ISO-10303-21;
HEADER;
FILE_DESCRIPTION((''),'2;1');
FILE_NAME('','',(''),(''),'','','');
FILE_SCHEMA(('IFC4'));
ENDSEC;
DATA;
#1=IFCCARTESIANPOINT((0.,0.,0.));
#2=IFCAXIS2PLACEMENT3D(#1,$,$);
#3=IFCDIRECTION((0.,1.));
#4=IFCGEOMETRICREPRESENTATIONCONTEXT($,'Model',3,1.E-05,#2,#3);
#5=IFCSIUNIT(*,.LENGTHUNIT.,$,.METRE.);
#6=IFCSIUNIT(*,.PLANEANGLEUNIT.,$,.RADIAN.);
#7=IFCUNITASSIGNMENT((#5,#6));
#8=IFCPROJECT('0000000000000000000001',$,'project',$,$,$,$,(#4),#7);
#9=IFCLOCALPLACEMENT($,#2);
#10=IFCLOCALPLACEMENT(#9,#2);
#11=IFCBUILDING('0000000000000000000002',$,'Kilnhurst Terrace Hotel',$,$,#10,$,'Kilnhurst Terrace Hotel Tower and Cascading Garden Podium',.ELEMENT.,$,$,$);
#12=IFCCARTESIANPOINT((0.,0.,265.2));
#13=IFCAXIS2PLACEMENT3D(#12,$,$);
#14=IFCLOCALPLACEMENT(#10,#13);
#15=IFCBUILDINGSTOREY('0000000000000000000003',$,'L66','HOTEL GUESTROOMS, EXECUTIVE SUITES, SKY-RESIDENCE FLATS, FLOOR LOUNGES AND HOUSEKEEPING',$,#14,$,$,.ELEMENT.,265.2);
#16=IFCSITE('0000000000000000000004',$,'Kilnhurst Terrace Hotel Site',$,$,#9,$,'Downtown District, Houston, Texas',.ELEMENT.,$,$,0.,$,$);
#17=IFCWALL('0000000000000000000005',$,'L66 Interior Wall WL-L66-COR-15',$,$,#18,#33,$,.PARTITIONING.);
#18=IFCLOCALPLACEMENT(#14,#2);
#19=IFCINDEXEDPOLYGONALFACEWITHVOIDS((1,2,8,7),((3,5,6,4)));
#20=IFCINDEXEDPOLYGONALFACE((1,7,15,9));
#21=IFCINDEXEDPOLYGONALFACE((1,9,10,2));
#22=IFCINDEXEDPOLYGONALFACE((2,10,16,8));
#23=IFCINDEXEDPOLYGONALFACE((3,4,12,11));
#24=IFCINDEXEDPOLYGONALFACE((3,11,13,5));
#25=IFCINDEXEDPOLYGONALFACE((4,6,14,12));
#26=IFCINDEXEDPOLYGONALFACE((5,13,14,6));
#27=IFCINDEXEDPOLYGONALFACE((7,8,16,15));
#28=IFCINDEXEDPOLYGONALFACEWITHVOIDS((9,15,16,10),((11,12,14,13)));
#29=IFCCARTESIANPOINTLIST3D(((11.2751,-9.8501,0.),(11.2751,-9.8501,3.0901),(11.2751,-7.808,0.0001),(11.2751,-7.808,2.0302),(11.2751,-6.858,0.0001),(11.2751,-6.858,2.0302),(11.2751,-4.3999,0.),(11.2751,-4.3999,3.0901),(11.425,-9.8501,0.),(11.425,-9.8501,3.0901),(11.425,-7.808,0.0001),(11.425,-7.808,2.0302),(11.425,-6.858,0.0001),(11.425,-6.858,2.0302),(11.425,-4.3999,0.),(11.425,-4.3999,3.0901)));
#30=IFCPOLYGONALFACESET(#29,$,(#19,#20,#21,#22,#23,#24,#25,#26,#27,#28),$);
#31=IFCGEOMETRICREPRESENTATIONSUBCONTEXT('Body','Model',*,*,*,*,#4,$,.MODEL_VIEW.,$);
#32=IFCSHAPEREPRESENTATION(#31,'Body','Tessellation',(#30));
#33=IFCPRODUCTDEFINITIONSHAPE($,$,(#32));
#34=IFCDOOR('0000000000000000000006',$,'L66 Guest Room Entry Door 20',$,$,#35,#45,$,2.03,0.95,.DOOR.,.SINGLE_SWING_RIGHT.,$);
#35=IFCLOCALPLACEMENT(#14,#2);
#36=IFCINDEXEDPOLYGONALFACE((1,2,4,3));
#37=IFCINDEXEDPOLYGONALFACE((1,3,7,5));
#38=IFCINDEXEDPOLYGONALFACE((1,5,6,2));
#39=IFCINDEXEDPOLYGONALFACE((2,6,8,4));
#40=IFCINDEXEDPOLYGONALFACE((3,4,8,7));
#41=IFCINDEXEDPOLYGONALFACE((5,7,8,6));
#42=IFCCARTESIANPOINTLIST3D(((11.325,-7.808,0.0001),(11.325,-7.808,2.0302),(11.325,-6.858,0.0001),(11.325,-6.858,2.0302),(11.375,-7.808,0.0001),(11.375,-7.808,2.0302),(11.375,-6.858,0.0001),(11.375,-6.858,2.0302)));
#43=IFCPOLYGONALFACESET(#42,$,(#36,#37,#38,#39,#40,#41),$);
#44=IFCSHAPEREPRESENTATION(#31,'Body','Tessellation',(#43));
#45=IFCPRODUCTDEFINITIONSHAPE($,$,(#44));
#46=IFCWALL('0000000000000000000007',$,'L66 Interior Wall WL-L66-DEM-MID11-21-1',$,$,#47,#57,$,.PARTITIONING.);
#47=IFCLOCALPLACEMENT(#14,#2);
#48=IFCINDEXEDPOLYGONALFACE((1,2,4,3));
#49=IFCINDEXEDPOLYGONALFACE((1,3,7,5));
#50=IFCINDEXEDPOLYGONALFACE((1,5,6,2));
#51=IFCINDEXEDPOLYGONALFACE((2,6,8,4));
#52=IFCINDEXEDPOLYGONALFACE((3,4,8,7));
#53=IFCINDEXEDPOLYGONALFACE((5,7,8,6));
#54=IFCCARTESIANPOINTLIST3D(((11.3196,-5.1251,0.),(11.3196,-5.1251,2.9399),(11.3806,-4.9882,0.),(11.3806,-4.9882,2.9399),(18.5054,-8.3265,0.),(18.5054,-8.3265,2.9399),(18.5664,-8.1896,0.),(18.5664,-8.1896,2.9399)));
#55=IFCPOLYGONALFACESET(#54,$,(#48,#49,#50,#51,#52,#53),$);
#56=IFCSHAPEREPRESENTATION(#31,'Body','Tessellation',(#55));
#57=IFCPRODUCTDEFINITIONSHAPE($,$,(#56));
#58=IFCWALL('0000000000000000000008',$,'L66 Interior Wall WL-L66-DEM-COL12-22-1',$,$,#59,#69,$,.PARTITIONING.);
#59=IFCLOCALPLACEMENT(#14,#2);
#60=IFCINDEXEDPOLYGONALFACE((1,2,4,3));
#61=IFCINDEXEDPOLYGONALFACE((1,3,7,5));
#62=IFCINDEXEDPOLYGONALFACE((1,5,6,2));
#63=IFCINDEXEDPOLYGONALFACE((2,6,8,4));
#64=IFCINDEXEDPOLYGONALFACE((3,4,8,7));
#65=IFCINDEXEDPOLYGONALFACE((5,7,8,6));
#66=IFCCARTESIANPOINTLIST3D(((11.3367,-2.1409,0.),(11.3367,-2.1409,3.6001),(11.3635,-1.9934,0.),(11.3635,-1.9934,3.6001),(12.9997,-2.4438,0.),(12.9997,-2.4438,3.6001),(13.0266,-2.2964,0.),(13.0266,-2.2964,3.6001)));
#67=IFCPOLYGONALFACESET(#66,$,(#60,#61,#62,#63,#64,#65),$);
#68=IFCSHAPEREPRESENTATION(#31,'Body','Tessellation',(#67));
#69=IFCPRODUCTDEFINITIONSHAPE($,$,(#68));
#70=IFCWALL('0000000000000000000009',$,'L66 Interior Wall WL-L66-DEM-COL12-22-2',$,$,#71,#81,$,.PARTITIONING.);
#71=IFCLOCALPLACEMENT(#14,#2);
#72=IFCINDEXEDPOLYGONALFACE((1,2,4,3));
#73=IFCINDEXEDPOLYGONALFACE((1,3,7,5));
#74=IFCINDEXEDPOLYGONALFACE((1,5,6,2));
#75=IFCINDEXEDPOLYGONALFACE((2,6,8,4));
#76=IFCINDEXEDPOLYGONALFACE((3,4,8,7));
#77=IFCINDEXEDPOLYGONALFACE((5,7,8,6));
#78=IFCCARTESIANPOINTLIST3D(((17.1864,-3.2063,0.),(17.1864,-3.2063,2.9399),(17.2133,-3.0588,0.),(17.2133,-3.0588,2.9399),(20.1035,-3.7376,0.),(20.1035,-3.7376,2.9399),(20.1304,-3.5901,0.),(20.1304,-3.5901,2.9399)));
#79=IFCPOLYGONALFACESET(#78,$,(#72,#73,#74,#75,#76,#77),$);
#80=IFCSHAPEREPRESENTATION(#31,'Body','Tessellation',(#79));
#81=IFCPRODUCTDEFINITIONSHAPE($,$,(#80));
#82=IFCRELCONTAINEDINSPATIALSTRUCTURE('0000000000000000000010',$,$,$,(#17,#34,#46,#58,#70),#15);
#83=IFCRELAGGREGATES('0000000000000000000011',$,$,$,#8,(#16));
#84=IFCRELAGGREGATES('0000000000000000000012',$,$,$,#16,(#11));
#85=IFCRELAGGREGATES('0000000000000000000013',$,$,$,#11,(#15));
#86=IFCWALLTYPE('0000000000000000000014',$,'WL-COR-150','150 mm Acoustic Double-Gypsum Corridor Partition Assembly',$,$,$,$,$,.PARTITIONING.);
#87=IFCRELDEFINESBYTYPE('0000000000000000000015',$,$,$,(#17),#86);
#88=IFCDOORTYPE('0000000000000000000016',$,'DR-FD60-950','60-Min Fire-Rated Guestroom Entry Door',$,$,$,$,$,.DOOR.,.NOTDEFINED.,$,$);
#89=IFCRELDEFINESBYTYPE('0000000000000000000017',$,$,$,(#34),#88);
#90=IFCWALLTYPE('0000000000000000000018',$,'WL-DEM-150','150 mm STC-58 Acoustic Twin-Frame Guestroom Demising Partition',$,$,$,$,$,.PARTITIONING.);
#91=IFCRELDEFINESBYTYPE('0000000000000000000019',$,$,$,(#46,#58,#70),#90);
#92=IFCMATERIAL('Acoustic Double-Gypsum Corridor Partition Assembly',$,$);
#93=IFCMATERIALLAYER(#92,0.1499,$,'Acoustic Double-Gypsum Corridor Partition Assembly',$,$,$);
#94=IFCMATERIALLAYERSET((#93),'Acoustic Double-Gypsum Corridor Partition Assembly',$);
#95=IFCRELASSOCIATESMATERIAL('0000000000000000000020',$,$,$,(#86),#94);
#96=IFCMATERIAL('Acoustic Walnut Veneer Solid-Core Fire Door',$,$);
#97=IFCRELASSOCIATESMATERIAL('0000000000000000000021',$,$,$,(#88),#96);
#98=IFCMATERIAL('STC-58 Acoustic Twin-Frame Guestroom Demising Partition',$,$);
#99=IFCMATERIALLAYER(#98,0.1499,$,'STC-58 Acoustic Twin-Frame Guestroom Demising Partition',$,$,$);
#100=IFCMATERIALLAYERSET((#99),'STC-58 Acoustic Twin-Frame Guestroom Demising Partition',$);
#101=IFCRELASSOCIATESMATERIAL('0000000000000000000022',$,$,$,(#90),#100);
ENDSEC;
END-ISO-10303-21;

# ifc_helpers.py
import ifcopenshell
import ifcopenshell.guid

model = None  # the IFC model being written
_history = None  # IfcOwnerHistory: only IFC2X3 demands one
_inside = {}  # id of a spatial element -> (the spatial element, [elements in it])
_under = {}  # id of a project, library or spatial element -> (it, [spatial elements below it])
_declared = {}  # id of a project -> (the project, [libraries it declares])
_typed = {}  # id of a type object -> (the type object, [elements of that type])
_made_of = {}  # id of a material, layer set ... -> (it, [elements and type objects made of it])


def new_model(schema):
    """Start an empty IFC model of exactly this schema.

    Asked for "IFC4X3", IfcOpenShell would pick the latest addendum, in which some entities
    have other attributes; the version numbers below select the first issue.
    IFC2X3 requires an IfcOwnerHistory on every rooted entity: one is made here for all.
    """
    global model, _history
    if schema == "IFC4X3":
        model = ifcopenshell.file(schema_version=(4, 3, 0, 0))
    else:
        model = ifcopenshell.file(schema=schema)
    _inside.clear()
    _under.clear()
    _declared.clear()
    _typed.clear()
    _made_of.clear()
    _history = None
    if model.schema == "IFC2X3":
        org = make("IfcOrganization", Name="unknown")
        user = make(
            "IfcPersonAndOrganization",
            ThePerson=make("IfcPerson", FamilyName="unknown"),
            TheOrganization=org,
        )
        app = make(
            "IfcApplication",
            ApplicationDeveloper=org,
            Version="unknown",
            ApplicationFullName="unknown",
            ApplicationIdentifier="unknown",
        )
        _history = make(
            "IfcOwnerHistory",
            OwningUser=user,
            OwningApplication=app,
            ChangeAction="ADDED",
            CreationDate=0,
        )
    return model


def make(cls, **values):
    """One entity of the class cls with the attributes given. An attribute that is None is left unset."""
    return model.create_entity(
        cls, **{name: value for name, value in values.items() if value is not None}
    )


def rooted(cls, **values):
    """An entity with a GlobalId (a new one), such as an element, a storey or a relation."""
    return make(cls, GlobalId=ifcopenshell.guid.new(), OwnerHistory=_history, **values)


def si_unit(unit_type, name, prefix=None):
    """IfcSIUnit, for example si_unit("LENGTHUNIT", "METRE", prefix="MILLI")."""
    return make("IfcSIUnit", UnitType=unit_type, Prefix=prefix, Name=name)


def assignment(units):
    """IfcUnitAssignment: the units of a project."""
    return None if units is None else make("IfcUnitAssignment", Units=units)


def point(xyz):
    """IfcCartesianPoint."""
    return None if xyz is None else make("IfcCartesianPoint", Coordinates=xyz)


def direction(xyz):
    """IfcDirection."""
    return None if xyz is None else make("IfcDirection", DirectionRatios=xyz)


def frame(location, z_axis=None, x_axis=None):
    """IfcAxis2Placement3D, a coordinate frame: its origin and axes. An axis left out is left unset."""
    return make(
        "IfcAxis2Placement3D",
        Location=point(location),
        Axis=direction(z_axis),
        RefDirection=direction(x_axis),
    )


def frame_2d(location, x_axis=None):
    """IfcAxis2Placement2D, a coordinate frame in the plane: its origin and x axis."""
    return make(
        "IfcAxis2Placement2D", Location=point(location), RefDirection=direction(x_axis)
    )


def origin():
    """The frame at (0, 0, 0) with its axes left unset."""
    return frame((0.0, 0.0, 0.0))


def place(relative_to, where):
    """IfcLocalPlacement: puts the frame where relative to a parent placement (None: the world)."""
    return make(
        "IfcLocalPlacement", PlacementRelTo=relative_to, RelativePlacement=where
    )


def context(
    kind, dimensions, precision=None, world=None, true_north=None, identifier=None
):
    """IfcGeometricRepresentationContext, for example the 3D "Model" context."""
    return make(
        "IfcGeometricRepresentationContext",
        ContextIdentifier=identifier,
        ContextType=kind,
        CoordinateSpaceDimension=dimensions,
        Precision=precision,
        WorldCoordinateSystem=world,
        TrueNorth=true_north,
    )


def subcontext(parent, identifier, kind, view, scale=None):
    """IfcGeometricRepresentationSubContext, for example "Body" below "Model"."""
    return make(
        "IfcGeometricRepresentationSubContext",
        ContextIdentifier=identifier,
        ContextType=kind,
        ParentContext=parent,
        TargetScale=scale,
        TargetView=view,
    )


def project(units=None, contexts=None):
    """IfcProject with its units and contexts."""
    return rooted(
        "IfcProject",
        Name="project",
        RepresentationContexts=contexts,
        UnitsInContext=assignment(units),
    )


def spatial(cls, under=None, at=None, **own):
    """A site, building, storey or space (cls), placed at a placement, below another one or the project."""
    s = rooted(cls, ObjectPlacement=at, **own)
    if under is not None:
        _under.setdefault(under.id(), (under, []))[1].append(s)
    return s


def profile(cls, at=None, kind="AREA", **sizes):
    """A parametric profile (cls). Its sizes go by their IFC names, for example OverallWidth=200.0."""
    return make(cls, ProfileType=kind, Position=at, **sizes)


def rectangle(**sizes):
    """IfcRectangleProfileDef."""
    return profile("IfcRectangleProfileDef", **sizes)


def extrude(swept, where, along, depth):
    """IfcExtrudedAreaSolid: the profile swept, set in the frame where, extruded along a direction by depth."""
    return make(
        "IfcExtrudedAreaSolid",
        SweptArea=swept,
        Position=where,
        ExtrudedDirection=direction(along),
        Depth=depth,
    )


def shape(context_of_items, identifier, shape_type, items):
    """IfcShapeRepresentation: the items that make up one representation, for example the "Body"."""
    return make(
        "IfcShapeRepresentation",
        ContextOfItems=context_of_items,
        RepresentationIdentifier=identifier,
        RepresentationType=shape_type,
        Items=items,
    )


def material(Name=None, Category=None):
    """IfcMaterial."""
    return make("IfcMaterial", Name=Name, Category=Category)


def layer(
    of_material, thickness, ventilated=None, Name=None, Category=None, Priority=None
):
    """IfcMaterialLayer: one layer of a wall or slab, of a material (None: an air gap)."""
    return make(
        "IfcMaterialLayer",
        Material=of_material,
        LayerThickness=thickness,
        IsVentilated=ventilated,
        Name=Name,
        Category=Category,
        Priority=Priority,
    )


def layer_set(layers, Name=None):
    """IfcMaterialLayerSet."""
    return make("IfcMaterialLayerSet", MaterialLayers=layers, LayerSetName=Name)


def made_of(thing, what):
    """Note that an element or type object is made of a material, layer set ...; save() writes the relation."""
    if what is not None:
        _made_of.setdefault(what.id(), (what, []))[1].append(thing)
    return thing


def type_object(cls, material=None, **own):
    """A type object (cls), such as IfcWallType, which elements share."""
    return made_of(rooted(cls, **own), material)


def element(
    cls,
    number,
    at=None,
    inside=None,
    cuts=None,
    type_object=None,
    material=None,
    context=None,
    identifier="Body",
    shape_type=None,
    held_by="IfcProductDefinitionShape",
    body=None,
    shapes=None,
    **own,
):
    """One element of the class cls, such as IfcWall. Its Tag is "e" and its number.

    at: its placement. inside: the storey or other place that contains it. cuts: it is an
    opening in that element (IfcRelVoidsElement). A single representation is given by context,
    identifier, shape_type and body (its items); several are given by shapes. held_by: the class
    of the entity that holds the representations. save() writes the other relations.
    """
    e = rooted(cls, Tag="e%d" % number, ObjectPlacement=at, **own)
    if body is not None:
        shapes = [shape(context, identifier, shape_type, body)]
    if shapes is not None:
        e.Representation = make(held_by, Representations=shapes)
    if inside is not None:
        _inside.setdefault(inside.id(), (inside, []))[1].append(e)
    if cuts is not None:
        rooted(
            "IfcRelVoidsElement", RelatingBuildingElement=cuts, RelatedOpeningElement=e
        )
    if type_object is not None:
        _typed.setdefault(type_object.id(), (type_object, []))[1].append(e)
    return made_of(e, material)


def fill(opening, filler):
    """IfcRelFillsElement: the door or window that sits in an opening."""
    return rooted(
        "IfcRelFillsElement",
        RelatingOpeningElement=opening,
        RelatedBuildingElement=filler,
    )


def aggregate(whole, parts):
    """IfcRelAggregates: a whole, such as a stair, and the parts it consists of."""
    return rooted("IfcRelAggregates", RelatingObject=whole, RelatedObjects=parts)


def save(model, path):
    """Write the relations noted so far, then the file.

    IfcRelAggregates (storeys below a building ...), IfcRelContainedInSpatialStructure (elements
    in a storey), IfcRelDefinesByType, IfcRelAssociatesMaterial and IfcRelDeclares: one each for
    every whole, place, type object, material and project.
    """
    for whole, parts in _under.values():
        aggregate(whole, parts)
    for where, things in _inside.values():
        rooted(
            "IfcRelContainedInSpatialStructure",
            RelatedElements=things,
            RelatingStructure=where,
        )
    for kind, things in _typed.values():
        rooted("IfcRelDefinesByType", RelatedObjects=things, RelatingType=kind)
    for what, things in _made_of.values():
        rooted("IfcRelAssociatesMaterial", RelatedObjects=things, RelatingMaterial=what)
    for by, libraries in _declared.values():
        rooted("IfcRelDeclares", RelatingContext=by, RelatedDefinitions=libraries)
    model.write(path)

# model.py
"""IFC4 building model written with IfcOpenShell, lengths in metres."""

from ifc_helpers import new_model, si_unit, direction, frame, frame_2d, origin, place, context, subcontext, project, spatial, rectangle, extrude, material, layer, layer_set, type_object, element, fill, save


model = new_model("IFC4")

# Units and contexts
model_context = context("Model", 3, precision=1e-05, world=origin(), true_north=direction((0.0, 1.0)))
body_context = subcontext(model_context, "Body", "Model", "MODEL_VIEW")
ifc_project = project(units=[si_unit("LENGTHUNIT", "METRE"), si_unit("PLANEANGLEUNIT", "RADIAN")], contexts=[model_context])

# Site, building, storey
site_placement = place(None, origin())
site = spatial("IfcSite", under=ifc_project, at=site_placement, Name="Kilnhurst Terrace Hotel Site", LongName="Downtown District, Houston, Texas", CompositionType="ELEMENT", RefElevation=0.0)
building_placement = place(site_placement, origin())
building = spatial("IfcBuilding", under=site, at=building_placement, Name="Kilnhurst Terrace Hotel", LongName="Kilnhurst Terrace Hotel Tower and Cascading Garden Podium", CompositionType="ELEMENT")
storey_placement = place(building_placement, frame((0.0, 0.0, 265.2)))
storey = spatial("IfcBuildingStorey", under=building, at=storey_placement, Name="L66", Description="HOTEL GUESTROOMS, EXECUTIVE SUITES, SKY-RESIDENCE FLATS, FLOOR LOUNGES AND HOUSEKEEPING", CompositionType="ELEMENT", Elevation=265.2)

# Shared definitions
ifc_material_1 = material(Name="Acoustic Double-Gypsum Corridor Partition Assembly")
ifc_layer_1 = layer(ifc_material_1, 0.1499, Name="Acoustic Double-Gypsum Corridor Partition Assembly")
ifc_layer_set_1 = layer_set([ifc_layer_1], Name="Acoustic Double-Gypsum Corridor Partition Assembly")
wall_type_1 = type_object("IfcWallType", Name="WL-COR-150", Description="150 mm Acoustic Double-Gypsum Corridor Partition Assembly", PredefinedType="PARTITIONING", material=ifc_layer_set_1)

# Wall, opening, door
wall_1_placement = place(storey_placement, frame((11.3501, -4.3999, 0.0), z_axis=(0.0, 0.0, 1.0), x_axis=(0.0, -1.0, 0.0)))
wall_1 = element("IfcWall", 1, at=wall_1_placement, inside=storey, type_object=wall_type_1, Name="L66 Interior Wall WL-L66-COR-15", PredefinedType="PARTITIONING", context=body_context, shape_type="SweptSolid", body=[
    extrude(rectangle(XDim=5.4502, YDim=0.1499, at=frame_2d((2.7251, 0.0))), origin(), (0.0, 0.0, 1.0), 3.0901),
])
opening_1_placement = place(wall_1_placement, frame((2.458, 0.0, 0.0)))
opening_1 = element("IfcOpeningElement", 2, at=opening_1_placement, cuts=wall_1, PredefinedType="OPENING", context=body_context, shape_type="SweptSolid", body=[
    extrude(rectangle(XDim=0.95, YDim=2.03, at=frame_2d((0.4751, 1.0151))), frame((0.0, 0.085, 0.0), z_axis=(0.0, -1.0, 0.0), x_axis=(1.0, 0.0, 0.0)), (0.0, 0.0, 1.0), 0.1699),
])
ifc_material_2 = material(Name="Acoustic Walnut Veneer Solid-Core Fire Door")
door_type_1 = type_object("IfcDoorType", Name="DR-FD60-950", Description="60-Min Fire-Rated Guestroom Entry Door", OperationType="NOTDEFINED", PredefinedType="DOOR", material=ifc_material_2)
door_1_placement = place(opening_1_placement, origin())
door_1 = element("IfcDoor", 3, at=door_1_placement, inside=storey, type_object=door_type_1, Name="L66 Guest Room Entry Door 20", OperationType="SINGLE_SWING_RIGHT", OverallHeight=2.03, OverallWidth=0.95, PredefinedType="DOOR", context=body_context, shape_type="SweptSolid", body=[
    extrude(rectangle(XDim=0.95, YDim=2.03, at=frame_2d((0.4751, 1.0151))), frame((0.0, 0.0249, 0.0), z_axis=(0.0, -1.0, 0.0), x_axis=(1.0, 0.0, 0.0)), (0.0, 0.0, 1.0), 0.05),
])
fill(opening_1, door_1)

# Walls
ifc_material_3 = material(Name="STC-58 Acoustic Twin-Frame Guestroom Demising Partition")
ifc_layer_2 = layer(ifc_material_3, 0.1499, Name="STC-58 Acoustic Twin-Frame Guestroom Demising Partition")
ifc_layer_set_2 = layer_set([ifc_layer_2], Name="STC-58 Acoustic Twin-Frame Guestroom Demising Partition")
wall_type_2 = type_object("IfcWallType", Name="WL-DEM-150", Description="150 mm STC-58 Acoustic Twin-Frame Guestroom Demising Partition", PredefinedType="PARTITIONING", material=ifc_layer_set_2)
wall_2_placement = place(storey_placement, frame((11.3501, -5.0566, 0.0), z_axis=(0.0, 0.0, 1.0), x_axis=(0.913446, -0.406959, 0.0)))
element("IfcWall", 4, at=wall_2_placement, inside=storey, type_object=wall_type_2, Name="L66 Interior Wall WL-L66-DEM-MID11-21-1", PredefinedType="PARTITIONING", context=body_context, shape_type="SweptSolid", body=[
    extrude(rectangle(XDim=7.8667, YDim=0.1499, at=frame_2d((3.9333, 0.0))), origin(), (0.0, 0.0, 1.0), 2.9399),
])
wall_3_placement = place(storey_placement, frame((11.3501, -2.0671, 0.0), z_axis=(0.0, 0.0, 1.0), x_axis=(0.983807, -0.179229, 0.0)))
element("IfcWall", 5, at=wall_3_placement, inside=storey, type_object=wall_type_2, Name="L66 Interior Wall WL-L66-DEM-COL12-22-1", PredefinedType="PARTITIONING", context=body_context, shape_type="SweptSolid", body=[
    extrude(rectangle(XDim=1.6904, YDim=0.1499, at=frame_2d((0.8452, 0.0))), origin(), (0.0, 0.0, 1.0), 3.6001),
])
wall_4_placement = place(storey_placement, frame((17.2, -3.1326, 0.0), z_axis=(0.0, 0.0, 1.0), x_axis=(0.983817, -0.179175, 0.0)))
element("IfcWall", 6, at=wall_4_placement, inside=storey, type_object=wall_type_2, Name="L66 Interior Wall WL-L66-DEM-COL12-22-2", PredefinedType="PARTITIONING", context=body_context, shape_type="SweptSolid", body=[
    extrude(rectangle(XDim=2.9651, YDim=0.1499, at=frame_2d((1.4824, 0.0))), origin(), (0.0, 0.0, 1.0), 2.9399),
])

save(model, "model.ifc")
